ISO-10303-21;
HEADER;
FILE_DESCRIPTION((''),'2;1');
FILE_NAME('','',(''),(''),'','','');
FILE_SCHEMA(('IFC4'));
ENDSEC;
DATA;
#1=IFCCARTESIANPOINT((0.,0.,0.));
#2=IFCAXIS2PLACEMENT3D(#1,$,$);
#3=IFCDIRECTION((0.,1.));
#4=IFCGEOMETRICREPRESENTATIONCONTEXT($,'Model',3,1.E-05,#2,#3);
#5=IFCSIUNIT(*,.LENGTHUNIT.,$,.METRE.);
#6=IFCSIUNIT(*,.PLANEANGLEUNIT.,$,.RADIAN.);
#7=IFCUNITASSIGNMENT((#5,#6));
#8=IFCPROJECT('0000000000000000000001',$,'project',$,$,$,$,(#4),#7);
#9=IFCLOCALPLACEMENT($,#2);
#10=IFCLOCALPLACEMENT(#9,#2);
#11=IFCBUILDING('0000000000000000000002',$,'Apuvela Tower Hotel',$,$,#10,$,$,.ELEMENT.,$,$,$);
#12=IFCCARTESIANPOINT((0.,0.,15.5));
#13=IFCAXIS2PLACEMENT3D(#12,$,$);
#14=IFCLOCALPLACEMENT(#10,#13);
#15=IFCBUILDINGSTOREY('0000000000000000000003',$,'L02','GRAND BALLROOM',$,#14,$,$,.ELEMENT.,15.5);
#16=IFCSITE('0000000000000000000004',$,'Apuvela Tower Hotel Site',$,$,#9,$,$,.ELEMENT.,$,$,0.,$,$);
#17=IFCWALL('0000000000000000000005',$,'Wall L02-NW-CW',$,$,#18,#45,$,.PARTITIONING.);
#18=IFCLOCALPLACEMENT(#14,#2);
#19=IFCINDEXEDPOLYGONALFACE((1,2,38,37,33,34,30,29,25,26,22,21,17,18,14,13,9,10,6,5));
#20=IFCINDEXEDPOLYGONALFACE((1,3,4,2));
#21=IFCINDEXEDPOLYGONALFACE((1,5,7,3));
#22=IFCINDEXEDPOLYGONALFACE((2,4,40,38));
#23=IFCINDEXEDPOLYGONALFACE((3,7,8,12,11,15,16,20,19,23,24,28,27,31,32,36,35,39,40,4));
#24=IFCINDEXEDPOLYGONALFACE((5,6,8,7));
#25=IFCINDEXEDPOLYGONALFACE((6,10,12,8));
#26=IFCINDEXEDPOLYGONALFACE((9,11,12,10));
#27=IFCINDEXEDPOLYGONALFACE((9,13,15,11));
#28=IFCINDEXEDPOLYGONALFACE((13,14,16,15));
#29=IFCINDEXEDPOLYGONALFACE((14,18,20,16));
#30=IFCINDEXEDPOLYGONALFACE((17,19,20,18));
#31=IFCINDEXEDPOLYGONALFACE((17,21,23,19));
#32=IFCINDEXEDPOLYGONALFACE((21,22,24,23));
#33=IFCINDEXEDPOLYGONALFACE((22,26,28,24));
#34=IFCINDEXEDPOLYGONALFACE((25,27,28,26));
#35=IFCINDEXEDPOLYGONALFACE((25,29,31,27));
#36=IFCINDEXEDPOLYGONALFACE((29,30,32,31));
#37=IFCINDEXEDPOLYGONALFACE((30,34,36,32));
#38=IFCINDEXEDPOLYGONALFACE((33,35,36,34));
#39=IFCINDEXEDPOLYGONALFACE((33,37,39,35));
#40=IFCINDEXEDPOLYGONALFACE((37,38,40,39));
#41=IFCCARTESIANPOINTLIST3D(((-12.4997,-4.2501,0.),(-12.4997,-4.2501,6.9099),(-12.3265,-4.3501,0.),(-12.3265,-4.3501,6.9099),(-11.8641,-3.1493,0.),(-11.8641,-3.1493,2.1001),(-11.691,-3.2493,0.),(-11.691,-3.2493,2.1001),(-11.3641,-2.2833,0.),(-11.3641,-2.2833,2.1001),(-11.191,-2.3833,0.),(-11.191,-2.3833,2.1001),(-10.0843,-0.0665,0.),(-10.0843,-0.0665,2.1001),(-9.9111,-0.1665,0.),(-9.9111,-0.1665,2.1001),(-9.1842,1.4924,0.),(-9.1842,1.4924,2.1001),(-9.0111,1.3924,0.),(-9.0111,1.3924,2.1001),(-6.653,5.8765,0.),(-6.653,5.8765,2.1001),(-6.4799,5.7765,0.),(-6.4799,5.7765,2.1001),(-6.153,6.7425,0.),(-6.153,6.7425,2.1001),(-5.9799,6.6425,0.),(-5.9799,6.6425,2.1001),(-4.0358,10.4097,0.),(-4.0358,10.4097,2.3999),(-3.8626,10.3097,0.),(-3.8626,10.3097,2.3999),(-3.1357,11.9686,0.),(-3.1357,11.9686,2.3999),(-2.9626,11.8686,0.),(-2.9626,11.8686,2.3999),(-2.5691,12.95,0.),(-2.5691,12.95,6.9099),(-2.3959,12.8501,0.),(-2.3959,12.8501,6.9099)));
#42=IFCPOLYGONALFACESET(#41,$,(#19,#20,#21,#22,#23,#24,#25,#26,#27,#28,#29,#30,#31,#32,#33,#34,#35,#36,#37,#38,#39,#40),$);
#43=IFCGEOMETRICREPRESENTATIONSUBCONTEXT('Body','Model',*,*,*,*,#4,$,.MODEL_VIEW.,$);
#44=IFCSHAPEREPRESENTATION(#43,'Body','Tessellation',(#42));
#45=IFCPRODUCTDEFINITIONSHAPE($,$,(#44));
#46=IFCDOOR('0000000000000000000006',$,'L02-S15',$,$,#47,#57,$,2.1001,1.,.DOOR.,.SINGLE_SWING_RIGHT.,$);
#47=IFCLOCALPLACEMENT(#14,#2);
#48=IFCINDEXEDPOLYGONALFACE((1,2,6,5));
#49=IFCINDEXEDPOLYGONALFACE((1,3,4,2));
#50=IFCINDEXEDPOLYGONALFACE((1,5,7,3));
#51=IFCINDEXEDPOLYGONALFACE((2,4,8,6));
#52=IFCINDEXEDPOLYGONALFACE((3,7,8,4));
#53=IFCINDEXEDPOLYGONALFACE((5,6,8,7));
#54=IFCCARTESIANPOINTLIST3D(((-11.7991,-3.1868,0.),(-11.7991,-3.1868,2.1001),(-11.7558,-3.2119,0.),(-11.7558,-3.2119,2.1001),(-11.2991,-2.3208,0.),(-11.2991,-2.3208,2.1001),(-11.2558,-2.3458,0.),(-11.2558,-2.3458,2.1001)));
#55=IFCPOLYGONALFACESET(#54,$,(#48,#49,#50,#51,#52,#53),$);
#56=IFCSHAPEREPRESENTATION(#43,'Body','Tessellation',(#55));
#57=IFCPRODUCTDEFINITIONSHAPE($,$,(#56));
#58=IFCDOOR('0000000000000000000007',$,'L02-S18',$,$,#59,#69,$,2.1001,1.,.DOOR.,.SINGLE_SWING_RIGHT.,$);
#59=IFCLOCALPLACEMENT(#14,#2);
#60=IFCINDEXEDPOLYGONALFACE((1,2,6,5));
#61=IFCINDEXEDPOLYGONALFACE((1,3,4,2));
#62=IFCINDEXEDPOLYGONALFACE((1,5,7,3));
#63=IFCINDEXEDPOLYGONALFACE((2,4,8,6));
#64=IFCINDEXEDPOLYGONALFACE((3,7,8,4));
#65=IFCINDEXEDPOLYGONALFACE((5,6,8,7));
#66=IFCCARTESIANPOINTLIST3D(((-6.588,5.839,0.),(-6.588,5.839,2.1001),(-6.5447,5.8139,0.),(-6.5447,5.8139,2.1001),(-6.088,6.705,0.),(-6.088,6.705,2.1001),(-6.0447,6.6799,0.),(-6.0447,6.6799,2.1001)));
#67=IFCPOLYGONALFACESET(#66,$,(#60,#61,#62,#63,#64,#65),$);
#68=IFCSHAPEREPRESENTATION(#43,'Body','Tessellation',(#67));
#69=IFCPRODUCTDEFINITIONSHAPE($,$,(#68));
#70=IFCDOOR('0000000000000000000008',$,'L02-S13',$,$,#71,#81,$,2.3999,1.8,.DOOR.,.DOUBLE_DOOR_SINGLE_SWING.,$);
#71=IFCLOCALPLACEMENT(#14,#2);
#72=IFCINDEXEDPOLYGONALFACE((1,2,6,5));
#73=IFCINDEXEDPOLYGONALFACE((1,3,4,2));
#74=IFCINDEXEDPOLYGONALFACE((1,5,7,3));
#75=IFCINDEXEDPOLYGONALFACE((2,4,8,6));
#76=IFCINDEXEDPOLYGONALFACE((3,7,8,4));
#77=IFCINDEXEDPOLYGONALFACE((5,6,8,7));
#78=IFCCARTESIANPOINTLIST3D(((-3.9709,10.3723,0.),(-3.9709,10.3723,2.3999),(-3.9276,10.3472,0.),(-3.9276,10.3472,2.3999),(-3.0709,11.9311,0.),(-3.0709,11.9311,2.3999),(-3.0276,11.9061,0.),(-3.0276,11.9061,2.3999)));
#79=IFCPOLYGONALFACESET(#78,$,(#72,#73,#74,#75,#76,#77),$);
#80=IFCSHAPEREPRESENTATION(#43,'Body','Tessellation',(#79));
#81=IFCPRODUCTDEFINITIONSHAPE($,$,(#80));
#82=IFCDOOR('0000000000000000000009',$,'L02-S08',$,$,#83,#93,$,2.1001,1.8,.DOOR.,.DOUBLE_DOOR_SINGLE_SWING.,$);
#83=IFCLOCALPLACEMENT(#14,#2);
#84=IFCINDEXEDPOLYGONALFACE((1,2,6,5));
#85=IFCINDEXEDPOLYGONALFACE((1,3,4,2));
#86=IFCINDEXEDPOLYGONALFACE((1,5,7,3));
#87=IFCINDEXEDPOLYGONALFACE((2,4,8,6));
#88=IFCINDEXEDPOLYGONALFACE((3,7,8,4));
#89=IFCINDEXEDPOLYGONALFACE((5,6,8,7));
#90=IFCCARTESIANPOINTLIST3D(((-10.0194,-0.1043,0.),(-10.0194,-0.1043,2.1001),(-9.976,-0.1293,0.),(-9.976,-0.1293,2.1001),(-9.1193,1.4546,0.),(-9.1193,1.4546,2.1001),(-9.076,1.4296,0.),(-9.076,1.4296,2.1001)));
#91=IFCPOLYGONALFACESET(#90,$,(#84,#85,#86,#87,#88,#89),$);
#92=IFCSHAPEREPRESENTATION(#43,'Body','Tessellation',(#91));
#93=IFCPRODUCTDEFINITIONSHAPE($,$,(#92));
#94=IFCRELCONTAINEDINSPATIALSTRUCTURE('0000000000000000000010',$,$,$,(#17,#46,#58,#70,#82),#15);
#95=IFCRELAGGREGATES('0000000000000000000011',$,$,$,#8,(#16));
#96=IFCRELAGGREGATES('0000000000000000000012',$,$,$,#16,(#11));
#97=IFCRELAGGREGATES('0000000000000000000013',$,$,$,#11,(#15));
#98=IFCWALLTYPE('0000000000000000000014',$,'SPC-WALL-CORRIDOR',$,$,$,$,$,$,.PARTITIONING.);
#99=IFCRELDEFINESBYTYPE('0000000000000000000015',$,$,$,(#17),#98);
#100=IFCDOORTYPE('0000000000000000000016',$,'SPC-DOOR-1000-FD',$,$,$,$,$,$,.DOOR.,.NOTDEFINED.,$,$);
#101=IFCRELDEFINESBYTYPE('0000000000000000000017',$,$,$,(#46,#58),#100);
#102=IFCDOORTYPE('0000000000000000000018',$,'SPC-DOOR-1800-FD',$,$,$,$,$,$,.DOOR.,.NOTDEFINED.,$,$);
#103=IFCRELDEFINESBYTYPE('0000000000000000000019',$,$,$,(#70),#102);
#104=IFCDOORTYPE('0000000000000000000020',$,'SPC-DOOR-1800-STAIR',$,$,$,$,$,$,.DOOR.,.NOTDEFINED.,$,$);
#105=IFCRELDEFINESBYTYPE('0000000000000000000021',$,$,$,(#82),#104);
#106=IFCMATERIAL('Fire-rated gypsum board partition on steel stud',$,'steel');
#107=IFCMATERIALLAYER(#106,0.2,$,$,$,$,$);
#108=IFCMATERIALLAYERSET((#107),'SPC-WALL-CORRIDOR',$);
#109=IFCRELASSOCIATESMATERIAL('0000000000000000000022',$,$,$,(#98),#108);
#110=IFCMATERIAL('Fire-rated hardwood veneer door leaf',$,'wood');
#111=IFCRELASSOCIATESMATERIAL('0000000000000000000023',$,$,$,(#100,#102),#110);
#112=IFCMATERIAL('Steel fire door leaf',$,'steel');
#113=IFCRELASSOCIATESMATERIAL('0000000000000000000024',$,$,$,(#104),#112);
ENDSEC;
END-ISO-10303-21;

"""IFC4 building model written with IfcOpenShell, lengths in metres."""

from ifc_helpers import new_model, si_unit, direction, frame, frame_2d, origin, place, context, subcontext, project, spatial, rectangle, extrude, material, layer, layer_set, type_object, element, fill, save


model = new_model("IFC4")

# Units and contexts
model_context = context("Model", 3, precision=1e-05, world=origin(), true_north=direction((0.0, 1.0)))
body_context = subcontext(model_context, "Body", "Model", "MODEL_VIEW")
ifc_project = project(units=[si_unit("LENGTHUNIT", "METRE"), si_unit("PLANEANGLEUNIT", "RADIAN")], contexts=[model_context])

# Site, building, storey
site_placement = place(None, origin())
site = spatial("IfcSite", under=ifc_project, at=site_placement, Name="Apuvela Tower Hotel Site", CompositionType="ELEMENT", RefElevation=0.0)
building_placement = place(site_placement, origin())
building = spatial("IfcBuilding", under=site, at=building_placement, Name="Apuvela Tower Hotel", CompositionType="ELEMENT")
storey_placement = place(building_placement, frame((0.0, 0.0, 15.5)))
storey = spatial("IfcBuildingStorey", under=building, at=storey_placement, Name="L02", Description="GRAND BALLROOM", CompositionType="ELEMENT", Elevation=15.5)

# Wall, openings, doors
ifc_material_1 = material(Name="Fire-rated gypsum board partition on steel stud", Category="steel")
ifc_layer_1 = layer(ifc_material_1, 0.2)
ifc_layer_set_1 = layer_set([ifc_layer_1], Name="SPC-WALL-CORRIDOR")
wall_type_1 = type_object("IfcWallType", Name="SPC-WALL-CORRIDOR", PredefinedType="PARTITIONING", material=ifc_layer_set_1)
wall_1_placement = place(storey_placement, frame((-2.4824, 12.9001, 0.0), z_axis=(0.0, 0.0, 1.0), x_axis=(-0.500005, -0.866023, 0.0)))
wall_1 = element("IfcWall", 1, at=wall_1_placement, inside=storey, type_object=wall_type_1, Name="Wall L02-NW-CW", PredefinedType="PARTITIONING", context=body_context, shape_type="SweptSolid", body=[
    extrude(rectangle(XDim=19.8611, YDim=0.2, at=frame_2d((9.9307, 0.0))), origin(), (0.0, 0.0, 1.0), 6.9099),
])
opening_1_placement = place(wall_1_placement, frame((13.2305, 0.0, 0.0)))
opening_1 = element("IfcOpeningElement", 2, at=opening_1_placement, cuts=wall_1, PredefinedType="OPENING", context=body_context, shape_type="SweptSolid", body=[
    extrude(rectangle(XDim=1.8, YDim=2.1001, at=frame_2d((0.8999, 1.05))), frame((0.0, 0.1099, 0.0), z_axis=(0.0, -1.0, 0.0), x_axis=(1.0, 0.0, 0.0)), (0.0, 0.0, 1.0), 0.22),
])
opening_2_placement = place(wall_1_placement, frame((1.1335, 0.0, 0.0)))
opening_2 = element("IfcOpeningElement", 3, at=opening_2_placement, cuts=wall_1, PredefinedType="OPENING", context=body_context, shape_type="SweptSolid", body=[
    extrude(rectangle(XDim=1.8, YDim=2.3999, at=frame_2d((0.8999, 1.2))), frame((0.0, 0.1099, 0.0), z_axis=(0.0, -1.0, 0.0), x_axis=(1.0, 0.0, 0.0)), (0.0, 0.0, 1.0), 0.22),
])
opening_3_placement = place(wall_1_placement, frame((17.5901, 0.0, 0.0)))
opening_3 = element("IfcOpeningElement", 4, at=opening_3_placement, cuts=wall_1, PredefinedType="OPENING", context=body_context, shape_type="SweptSolid", body=[
    extrude(rectangle(XDim=1.0, YDim=2.1001, at=frame_2d((0.5, 1.05))), frame((0.0, 0.1099, 0.0), z_axis=(0.0, -1.0, 0.0), x_axis=(1.0, 0.0, 0.0)), (0.0, 0.0, 1.0), 0.22),
])
opening_4_placement = place(wall_1_placement, frame((7.168, 0.0, 0.0)))
opening_4 = element("IfcOpeningElement", 5, at=opening_4_placement, cuts=wall_1, PredefinedType="OPENING", context=body_context, shape_type="SweptSolid", body=[
    extrude(rectangle(XDim=1.0, YDim=2.1001, at=frame_2d((0.5, 1.05))), frame((0.0, 0.1099, 0.0), z_axis=(0.0, -1.0, 0.0), x_axis=(1.0, 0.0, 0.0)), (0.0, 0.0, 1.0), 0.22),
])
ifc_material_2 = material(Name="Fire-rated hardwood veneer door leaf", Category="wood")
door_type_1 = type_object("IfcDoorType", Name="SPC-DOOR-1000-FD", OperationType="NOTDEFINED", PredefinedType="DOOR", material=ifc_material_2)
door_1_placement = place(opening_3_placement, frame((1.0, 0.0, 0.0), z_axis=(0.0, 0.0, 1.0), x_axis=(-1.0, 0.0, 0.0)))
door_1 = element("IfcDoor", 6, at=door_1_placement, inside=storey, type_object=door_type_1, Name="L02-S15", OperationType="SINGLE_SWING_RIGHT", OverallHeight=2.1001, OverallWidth=1.0, PredefinedType="DOOR", context=body_context, shape_type="SweptSolid", body=[
    extrude(rectangle(XDim=1.0, YDim=2.1001, at=frame_2d((0.5, 1.05))), frame((0.0, 0.0249, 0.0), z_axis=(0.0, -1.0, 0.0), x_axis=(1.0, 0.0, 0.0)), (0.0, 0.0, 1.0), 0.05),
])
fill(opening_3, door_1)
door_2_placement = place(opening_4_placement, frame((1.0, 0.0, 0.0), z_axis=(0.0, 0.0, 1.0), x_axis=(-1.0, 0.0, 0.0)))
door_2 = element("IfcDoor", 7, at=door_2_placement, inside=storey, type_object=door_type_1, Name="L02-S18", OperationType="SINGLE_SWING_RIGHT", OverallHeight=2.1001, OverallWidth=1.0, PredefinedType="DOOR", context=body_context, shape_type="SweptSolid", body=[
    extrude(rectangle(XDim=1.0, YDim=2.1001, at=frame_2d((0.5, 1.05))), frame((0.0, 0.0249, 0.0), z_axis=(0.0, -1.0, 0.0), x_axis=(1.0, 0.0, 0.0)), (0.0, 0.0, 1.0), 0.05),
])
fill(opening_4, door_2)
door_type_2 = type_object("IfcDoorType", Name="SPC-DOOR-1800-FD", OperationType="NOTDEFINED", PredefinedType="DOOR", material=ifc_material_2)
door_3_placement = place(opening_2_placement, origin())
door_3 = element("IfcDoor", 8, at=door_3_placement, inside=storey, type_object=door_type_2, Name="L02-S13", OperationType="DOUBLE_DOOR_SINGLE_SWING", OverallHeight=2.3999, OverallWidth=1.8, PredefinedType="DOOR", context=body_context, shape_type="SweptSolid", body=[
    extrude(rectangle(XDim=1.8, YDim=2.3999, at=frame_2d((0.8999, 1.2))), frame((0.0, 0.0249, 0.0), z_axis=(0.0, -1.0, 0.0), x_axis=(1.0, 0.0, 0.0)), (0.0, 0.0, 1.0), 0.05),
])
fill(opening_2, door_3)
ifc_material_3 = material(Name="Steel fire door leaf", Category="steel")
door_type_3 = type_object("IfcDoorType", Name="SPC-DOOR-1800-STAIR", OperationType="NOTDEFINED", PredefinedType="DOOR", material=ifc_material_3)
door_4_placement = place(opening_1_placement, frame((1.8, 0.0, 0.0), z_axis=(0.0, 0.0, 1.0), x_axis=(-1.0, 0.0, 0.0)))
door_4 = element("IfcDoor", 9, at=door_4_placement, inside=storey, type_object=door_type_3, Name="L02-S08", OperationType="DOUBLE_DOOR_SINGLE_SWING", OverallHeight=2.1001, OverallWidth=1.8, PredefinedType="DOOR", context=body_context, shape_type="SweptSolid", body=[
    extrude(rectangle(XDim=1.8, YDim=2.1001, at=frame_2d((0.8999, 1.05))), frame((0.0, 0.0249, 0.0), z_axis=(0.0, -1.0, 0.0), x_axis=(1.0, 0.0, 0.0)), (0.0, 0.0, 1.0), 0.05),
])
fill(opening_1, door_4)

save(model, "model.ifc")
